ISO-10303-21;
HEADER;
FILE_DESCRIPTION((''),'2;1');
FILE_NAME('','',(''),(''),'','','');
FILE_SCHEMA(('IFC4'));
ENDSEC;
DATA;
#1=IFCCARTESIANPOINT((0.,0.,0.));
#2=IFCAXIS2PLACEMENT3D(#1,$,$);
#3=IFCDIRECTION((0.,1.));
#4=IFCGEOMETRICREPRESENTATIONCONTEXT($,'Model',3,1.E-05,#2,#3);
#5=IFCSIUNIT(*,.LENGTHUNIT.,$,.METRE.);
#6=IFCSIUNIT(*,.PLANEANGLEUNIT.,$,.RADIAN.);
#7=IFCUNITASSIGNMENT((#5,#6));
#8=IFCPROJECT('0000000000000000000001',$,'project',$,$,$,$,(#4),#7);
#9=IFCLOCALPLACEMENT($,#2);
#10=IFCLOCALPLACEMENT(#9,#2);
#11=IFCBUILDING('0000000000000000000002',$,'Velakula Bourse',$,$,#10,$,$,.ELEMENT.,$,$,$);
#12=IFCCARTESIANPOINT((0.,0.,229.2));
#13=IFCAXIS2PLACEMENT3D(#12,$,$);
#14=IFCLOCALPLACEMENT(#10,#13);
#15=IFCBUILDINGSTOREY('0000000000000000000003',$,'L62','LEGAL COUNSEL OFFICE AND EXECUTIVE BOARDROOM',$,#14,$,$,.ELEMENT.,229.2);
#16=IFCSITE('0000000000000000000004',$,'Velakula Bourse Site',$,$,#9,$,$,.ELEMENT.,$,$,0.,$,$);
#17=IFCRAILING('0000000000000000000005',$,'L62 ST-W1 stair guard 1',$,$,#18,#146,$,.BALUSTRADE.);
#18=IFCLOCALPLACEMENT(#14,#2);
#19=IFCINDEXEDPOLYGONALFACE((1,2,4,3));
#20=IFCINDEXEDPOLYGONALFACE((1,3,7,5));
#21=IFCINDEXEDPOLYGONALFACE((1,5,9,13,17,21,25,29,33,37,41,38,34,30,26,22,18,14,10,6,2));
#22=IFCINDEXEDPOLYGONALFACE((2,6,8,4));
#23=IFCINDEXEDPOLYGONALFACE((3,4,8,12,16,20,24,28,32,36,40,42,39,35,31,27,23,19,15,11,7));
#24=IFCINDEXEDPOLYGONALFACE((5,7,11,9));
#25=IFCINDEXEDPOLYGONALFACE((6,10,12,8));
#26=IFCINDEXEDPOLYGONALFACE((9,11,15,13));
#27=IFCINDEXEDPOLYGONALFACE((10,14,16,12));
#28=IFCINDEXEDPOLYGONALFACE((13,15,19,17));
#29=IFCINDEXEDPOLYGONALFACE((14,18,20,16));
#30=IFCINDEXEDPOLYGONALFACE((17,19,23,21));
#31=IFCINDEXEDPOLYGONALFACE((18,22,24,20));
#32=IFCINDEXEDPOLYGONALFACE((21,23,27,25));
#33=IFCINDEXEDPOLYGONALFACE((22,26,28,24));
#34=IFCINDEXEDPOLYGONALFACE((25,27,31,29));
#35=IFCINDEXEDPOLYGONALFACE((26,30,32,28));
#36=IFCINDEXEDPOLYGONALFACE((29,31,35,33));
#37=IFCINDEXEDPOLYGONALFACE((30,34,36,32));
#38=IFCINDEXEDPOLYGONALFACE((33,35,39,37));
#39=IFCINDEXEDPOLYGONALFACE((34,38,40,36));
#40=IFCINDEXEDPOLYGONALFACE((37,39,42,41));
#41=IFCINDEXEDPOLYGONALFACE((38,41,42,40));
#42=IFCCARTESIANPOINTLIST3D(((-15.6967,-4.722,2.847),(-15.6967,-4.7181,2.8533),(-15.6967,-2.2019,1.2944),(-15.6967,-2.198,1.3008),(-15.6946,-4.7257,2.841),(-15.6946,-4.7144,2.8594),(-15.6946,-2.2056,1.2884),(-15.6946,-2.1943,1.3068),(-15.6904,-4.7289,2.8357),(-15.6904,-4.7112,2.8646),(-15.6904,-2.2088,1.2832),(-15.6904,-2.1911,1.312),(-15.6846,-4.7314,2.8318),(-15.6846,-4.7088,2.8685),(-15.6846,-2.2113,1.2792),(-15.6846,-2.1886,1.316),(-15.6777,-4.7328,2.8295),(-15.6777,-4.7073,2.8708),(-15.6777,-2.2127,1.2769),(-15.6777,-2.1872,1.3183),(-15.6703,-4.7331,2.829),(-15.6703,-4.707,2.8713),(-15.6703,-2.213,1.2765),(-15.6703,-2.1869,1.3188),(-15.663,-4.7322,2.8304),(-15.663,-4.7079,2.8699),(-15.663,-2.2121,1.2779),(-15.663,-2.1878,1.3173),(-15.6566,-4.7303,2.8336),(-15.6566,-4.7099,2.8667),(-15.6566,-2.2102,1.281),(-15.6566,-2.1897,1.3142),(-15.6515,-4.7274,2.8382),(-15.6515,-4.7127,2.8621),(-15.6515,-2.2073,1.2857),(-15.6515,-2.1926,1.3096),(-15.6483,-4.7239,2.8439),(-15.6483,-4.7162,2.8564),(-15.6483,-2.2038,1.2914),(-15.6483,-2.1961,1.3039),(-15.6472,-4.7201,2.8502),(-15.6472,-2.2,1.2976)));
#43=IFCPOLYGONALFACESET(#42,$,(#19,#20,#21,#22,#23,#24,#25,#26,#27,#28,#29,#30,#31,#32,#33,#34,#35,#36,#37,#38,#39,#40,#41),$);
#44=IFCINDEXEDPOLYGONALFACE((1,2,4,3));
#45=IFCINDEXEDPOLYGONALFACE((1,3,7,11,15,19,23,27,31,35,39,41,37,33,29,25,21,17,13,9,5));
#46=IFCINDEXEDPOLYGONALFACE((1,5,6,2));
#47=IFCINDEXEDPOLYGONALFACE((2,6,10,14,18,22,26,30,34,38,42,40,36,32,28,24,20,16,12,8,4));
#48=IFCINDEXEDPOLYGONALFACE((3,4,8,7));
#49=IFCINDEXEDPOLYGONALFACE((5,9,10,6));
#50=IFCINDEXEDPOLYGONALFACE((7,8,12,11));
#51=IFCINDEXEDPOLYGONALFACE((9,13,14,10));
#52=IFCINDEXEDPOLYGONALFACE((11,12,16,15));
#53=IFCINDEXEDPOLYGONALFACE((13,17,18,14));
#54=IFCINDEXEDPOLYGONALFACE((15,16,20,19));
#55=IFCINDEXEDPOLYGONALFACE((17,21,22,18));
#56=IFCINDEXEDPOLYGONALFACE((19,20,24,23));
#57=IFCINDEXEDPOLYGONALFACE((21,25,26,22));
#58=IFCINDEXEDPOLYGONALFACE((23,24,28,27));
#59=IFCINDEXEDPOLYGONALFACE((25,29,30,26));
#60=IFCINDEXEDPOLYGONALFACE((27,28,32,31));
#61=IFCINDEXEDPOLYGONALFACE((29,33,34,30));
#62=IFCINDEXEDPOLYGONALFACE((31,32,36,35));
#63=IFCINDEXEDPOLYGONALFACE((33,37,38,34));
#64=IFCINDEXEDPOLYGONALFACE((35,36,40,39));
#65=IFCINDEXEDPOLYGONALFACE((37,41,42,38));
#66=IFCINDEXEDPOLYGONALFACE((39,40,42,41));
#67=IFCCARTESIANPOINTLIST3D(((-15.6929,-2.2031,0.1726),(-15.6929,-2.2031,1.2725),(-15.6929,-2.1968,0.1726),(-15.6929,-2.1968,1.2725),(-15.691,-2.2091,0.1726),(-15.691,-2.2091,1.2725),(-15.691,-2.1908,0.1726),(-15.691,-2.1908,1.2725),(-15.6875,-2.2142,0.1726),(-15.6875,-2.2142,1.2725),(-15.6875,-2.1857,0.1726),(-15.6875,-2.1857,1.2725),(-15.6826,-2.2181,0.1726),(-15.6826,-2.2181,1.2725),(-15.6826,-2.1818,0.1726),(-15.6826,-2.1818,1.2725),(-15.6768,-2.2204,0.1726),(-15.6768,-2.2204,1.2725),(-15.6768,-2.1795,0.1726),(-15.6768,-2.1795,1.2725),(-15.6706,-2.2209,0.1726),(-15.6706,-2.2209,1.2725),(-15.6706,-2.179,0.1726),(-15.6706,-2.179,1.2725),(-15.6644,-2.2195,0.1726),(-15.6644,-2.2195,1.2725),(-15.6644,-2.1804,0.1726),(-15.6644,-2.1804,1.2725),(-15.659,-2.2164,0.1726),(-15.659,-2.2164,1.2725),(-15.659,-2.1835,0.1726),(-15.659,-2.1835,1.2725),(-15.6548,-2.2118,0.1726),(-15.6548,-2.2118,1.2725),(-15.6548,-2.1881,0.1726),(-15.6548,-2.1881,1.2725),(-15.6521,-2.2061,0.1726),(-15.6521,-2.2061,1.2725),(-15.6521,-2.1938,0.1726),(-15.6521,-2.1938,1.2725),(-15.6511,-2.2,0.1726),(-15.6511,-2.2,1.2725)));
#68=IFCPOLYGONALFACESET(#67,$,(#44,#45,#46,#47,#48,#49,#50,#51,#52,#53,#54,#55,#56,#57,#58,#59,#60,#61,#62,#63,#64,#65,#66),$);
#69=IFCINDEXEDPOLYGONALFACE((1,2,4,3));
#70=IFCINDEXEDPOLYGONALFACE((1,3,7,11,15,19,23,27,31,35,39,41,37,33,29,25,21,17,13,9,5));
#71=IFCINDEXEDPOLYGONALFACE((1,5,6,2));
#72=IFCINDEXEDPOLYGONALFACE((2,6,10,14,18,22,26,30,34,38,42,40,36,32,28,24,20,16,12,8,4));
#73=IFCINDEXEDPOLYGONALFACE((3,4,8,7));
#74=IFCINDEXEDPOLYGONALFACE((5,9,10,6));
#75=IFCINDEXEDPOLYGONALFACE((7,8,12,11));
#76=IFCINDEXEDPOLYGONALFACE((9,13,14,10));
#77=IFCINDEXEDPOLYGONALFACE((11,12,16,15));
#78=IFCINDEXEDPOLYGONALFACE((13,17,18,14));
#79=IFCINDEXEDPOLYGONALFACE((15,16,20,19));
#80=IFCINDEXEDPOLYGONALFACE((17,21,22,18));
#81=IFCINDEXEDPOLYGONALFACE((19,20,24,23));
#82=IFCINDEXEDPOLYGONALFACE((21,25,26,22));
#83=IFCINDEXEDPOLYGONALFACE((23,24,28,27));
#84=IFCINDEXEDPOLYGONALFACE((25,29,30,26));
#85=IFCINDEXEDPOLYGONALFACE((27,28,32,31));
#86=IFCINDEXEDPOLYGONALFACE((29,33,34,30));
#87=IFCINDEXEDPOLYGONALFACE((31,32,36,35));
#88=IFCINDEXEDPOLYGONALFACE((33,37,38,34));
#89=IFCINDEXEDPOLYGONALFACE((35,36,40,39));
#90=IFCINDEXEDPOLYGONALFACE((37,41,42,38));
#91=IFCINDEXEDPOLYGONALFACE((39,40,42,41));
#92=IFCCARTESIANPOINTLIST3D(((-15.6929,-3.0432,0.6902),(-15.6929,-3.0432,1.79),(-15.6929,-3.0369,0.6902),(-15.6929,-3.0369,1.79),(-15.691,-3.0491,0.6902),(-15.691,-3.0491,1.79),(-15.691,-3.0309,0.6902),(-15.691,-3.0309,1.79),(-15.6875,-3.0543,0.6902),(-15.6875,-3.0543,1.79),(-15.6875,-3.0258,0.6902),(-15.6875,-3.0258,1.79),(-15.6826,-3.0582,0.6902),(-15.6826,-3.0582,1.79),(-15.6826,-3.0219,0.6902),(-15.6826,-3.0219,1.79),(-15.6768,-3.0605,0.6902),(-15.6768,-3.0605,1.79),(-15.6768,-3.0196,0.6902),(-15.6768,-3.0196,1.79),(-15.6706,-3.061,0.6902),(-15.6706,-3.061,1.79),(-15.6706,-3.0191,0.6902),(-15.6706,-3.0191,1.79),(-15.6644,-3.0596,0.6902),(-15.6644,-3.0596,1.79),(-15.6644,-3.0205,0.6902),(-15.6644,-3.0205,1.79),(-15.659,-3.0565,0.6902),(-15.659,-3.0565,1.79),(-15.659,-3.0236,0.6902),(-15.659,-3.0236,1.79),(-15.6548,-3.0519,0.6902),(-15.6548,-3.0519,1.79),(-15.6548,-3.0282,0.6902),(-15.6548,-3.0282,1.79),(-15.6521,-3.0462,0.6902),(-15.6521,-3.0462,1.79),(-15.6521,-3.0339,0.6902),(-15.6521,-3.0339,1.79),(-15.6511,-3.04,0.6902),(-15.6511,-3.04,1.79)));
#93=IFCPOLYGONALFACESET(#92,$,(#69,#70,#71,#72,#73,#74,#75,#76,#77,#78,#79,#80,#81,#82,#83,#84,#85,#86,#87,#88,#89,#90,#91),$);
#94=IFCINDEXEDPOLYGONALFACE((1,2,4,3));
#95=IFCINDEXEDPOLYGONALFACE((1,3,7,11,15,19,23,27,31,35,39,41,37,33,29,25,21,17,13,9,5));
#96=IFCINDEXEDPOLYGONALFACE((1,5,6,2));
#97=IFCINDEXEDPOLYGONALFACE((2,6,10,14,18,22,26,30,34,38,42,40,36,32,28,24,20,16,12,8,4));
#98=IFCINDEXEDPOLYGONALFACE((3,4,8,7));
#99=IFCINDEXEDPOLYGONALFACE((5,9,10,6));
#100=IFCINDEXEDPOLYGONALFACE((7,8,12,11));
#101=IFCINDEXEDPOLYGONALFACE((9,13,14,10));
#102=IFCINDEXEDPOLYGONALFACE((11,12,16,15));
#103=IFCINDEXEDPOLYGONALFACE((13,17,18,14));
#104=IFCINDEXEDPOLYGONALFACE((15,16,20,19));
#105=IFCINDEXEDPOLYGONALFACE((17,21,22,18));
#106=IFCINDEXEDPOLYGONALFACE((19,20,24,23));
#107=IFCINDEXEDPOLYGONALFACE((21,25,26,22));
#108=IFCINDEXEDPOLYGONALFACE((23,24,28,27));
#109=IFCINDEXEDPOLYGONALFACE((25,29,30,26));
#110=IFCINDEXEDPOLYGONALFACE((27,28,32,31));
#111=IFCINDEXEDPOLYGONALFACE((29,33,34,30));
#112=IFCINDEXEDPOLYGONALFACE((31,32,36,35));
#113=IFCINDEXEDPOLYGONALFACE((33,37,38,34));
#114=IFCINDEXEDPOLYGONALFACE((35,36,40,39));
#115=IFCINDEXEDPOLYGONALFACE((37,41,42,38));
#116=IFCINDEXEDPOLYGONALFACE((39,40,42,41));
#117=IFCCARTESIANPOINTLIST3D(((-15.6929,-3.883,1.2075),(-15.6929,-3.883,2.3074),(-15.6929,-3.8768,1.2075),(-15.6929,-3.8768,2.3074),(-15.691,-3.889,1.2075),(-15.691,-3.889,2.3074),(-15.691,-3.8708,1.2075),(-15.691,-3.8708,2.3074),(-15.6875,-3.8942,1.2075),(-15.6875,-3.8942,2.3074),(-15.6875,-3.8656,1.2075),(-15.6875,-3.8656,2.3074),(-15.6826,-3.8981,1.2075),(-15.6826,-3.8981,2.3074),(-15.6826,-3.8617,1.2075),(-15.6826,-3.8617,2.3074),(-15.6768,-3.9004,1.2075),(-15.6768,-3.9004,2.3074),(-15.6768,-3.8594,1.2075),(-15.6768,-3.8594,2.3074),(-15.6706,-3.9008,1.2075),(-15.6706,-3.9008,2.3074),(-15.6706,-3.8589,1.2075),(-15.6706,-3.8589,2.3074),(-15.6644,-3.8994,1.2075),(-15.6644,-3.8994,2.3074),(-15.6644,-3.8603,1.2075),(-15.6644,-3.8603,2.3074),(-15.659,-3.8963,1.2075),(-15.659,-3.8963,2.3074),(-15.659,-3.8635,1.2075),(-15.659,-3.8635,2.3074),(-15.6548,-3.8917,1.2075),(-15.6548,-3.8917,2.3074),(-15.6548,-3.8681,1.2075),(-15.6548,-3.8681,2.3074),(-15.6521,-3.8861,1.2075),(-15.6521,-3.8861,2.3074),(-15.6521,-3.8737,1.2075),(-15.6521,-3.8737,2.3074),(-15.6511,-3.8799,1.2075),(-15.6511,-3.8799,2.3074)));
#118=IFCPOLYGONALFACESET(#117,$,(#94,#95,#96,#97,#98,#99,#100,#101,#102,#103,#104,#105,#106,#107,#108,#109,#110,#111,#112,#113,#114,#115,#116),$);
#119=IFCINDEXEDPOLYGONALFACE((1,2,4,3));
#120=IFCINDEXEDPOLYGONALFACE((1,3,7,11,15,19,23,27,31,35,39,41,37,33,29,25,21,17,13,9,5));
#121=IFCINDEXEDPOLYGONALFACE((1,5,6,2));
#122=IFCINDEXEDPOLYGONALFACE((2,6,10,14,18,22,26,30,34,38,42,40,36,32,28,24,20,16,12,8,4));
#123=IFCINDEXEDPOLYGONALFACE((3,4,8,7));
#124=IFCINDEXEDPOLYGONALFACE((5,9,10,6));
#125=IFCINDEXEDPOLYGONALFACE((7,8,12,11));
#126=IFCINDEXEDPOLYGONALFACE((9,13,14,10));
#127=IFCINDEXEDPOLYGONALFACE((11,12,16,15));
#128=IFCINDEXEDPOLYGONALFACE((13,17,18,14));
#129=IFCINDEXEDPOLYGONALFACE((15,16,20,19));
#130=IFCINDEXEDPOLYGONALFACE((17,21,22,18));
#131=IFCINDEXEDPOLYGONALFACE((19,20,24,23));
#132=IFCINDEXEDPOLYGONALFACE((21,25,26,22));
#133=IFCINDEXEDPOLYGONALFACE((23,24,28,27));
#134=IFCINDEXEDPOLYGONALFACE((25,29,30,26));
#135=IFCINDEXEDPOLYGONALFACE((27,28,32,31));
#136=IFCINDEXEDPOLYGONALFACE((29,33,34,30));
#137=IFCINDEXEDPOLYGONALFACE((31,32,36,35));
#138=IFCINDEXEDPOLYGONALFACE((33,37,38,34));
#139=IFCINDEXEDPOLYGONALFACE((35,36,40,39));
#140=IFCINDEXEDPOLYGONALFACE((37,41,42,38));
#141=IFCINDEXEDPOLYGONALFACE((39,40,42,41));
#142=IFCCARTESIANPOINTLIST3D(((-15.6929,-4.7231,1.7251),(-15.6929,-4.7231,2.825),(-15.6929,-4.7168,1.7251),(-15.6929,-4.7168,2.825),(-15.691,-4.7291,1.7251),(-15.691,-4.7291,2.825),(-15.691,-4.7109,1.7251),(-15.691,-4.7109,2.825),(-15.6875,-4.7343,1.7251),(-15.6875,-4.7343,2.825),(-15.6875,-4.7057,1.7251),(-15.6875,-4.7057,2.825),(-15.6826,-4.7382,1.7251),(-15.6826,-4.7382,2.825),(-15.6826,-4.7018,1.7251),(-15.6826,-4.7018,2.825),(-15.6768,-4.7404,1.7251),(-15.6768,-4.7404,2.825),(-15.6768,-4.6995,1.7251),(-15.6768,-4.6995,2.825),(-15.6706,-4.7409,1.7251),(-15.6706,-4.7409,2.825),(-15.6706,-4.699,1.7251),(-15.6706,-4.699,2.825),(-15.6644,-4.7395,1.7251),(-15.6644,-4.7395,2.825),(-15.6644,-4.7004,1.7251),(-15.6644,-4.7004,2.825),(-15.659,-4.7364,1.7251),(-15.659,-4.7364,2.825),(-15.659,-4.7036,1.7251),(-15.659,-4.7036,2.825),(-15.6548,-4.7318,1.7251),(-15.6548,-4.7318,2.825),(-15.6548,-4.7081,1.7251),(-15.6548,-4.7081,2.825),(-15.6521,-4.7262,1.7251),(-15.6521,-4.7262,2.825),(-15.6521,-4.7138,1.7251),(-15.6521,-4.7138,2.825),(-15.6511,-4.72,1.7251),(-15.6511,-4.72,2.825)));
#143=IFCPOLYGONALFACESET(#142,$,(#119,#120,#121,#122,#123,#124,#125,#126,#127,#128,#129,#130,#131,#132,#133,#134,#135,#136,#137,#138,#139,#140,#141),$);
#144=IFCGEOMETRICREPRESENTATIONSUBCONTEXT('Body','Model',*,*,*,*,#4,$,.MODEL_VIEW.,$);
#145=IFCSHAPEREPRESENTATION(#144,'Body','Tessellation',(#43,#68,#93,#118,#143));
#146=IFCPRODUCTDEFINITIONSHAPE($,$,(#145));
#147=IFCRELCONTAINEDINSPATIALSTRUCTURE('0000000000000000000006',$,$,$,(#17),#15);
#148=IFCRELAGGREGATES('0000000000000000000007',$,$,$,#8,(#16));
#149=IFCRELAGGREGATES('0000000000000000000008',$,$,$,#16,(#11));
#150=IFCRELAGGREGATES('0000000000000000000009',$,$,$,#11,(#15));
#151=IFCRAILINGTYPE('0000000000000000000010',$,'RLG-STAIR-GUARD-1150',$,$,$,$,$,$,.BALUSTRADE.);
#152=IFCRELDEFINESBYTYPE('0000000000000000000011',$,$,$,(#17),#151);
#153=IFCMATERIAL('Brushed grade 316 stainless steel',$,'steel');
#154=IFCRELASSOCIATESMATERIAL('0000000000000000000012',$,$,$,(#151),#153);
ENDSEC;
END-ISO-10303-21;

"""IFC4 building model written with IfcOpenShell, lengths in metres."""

from ifc_helpers import new_model, si_unit, direction, frame, origin, origin_2d, place, context, subcontext, project, spatial, circle, extrude, material, type_object, element, save


model = new_model("IFC4")

# Units and contexts
model_context = context("Model", 3, precision=1e-05, world=origin(), true_north=direction((0.0, 1.0)))
body_context = subcontext(model_context, "Body", "Model", "MODEL_VIEW")
ifc_project = project(units=[si_unit("LENGTHUNIT", "METRE"), si_unit("PLANEANGLEUNIT", "RADIAN")], contexts=[model_context])

# Site, building, storey
site_placement = place(None, origin())
site = spatial("IfcSite", under=ifc_project, at=site_placement, Name="Velakula Bourse Site", CompositionType="ELEMENT", RefElevation=0.0)
building_placement = place(site_placement, origin())
building = spatial("IfcBuilding", under=site, at=building_placement, Name="Velakula Bourse", CompositionType="ELEMENT")
storey_placement = place(building_placement, frame((0.0, 0.0, 229.2)))
storey = spatial("IfcBuildingStorey", under=building, at=storey_placement, Name="L62", Description="LEGAL COUNSEL OFFICE AND EXECUTIVE BOARDROOM", CompositionType="ELEMENT", Elevation=229.2)

# Shared definitions
ifc_material_1 = material(Name="Brushed grade 316 stainless steel", Category="steel")

# Railing
railing_type_1 = type_object("IfcRailingType", Name="RLG-STAIR-GUARD-1150", PredefinedType="BALUSTRADE", material=ifc_material_1)
railing_1_placement = place(storey_placement, frame((-15.6721, -2.2, 0.1726)))
element("IfcRailing", 1, at=railing_1_placement, inside=storey, type_object=railing_type_1, Name="L62 ST-W1 stair guard 1", PredefinedType="BALUSTRADE", context=body_context, shape_type="SweptSolid", body=[
    extrude(circle(Radius=0.0249, at=origin_2d()), frame((0.0, 0.0, 1.125), z_axis=(0.0, -0.8514, 0.524516), x_axis=(1.0, 0.0, 0.0)), (0.0, 0.0, 1.0), 2.96),
    extrude(circle(Radius=0.021, at=origin_2d()), origin(), (0.0, 0.0, 1.0), 1.0999),
    extrude(circle(Radius=0.021, at=origin_2d()), frame((0.0, -0.8401, 0.5176)), (0.0, 0.0, 1.0), 1.0999),
    extrude(circle(Radius=0.021, at=origin_2d()), frame((0.0, -1.6799, 1.0349)), (0.0, 0.0, 1.0), 1.0999),
    extrude(circle(Radius=0.021, at=origin_2d()), frame((0.0, -2.52, 1.5525)), (0.0, 0.0, 1.0), 1.0999),
])

save(model, "model.ifc")
